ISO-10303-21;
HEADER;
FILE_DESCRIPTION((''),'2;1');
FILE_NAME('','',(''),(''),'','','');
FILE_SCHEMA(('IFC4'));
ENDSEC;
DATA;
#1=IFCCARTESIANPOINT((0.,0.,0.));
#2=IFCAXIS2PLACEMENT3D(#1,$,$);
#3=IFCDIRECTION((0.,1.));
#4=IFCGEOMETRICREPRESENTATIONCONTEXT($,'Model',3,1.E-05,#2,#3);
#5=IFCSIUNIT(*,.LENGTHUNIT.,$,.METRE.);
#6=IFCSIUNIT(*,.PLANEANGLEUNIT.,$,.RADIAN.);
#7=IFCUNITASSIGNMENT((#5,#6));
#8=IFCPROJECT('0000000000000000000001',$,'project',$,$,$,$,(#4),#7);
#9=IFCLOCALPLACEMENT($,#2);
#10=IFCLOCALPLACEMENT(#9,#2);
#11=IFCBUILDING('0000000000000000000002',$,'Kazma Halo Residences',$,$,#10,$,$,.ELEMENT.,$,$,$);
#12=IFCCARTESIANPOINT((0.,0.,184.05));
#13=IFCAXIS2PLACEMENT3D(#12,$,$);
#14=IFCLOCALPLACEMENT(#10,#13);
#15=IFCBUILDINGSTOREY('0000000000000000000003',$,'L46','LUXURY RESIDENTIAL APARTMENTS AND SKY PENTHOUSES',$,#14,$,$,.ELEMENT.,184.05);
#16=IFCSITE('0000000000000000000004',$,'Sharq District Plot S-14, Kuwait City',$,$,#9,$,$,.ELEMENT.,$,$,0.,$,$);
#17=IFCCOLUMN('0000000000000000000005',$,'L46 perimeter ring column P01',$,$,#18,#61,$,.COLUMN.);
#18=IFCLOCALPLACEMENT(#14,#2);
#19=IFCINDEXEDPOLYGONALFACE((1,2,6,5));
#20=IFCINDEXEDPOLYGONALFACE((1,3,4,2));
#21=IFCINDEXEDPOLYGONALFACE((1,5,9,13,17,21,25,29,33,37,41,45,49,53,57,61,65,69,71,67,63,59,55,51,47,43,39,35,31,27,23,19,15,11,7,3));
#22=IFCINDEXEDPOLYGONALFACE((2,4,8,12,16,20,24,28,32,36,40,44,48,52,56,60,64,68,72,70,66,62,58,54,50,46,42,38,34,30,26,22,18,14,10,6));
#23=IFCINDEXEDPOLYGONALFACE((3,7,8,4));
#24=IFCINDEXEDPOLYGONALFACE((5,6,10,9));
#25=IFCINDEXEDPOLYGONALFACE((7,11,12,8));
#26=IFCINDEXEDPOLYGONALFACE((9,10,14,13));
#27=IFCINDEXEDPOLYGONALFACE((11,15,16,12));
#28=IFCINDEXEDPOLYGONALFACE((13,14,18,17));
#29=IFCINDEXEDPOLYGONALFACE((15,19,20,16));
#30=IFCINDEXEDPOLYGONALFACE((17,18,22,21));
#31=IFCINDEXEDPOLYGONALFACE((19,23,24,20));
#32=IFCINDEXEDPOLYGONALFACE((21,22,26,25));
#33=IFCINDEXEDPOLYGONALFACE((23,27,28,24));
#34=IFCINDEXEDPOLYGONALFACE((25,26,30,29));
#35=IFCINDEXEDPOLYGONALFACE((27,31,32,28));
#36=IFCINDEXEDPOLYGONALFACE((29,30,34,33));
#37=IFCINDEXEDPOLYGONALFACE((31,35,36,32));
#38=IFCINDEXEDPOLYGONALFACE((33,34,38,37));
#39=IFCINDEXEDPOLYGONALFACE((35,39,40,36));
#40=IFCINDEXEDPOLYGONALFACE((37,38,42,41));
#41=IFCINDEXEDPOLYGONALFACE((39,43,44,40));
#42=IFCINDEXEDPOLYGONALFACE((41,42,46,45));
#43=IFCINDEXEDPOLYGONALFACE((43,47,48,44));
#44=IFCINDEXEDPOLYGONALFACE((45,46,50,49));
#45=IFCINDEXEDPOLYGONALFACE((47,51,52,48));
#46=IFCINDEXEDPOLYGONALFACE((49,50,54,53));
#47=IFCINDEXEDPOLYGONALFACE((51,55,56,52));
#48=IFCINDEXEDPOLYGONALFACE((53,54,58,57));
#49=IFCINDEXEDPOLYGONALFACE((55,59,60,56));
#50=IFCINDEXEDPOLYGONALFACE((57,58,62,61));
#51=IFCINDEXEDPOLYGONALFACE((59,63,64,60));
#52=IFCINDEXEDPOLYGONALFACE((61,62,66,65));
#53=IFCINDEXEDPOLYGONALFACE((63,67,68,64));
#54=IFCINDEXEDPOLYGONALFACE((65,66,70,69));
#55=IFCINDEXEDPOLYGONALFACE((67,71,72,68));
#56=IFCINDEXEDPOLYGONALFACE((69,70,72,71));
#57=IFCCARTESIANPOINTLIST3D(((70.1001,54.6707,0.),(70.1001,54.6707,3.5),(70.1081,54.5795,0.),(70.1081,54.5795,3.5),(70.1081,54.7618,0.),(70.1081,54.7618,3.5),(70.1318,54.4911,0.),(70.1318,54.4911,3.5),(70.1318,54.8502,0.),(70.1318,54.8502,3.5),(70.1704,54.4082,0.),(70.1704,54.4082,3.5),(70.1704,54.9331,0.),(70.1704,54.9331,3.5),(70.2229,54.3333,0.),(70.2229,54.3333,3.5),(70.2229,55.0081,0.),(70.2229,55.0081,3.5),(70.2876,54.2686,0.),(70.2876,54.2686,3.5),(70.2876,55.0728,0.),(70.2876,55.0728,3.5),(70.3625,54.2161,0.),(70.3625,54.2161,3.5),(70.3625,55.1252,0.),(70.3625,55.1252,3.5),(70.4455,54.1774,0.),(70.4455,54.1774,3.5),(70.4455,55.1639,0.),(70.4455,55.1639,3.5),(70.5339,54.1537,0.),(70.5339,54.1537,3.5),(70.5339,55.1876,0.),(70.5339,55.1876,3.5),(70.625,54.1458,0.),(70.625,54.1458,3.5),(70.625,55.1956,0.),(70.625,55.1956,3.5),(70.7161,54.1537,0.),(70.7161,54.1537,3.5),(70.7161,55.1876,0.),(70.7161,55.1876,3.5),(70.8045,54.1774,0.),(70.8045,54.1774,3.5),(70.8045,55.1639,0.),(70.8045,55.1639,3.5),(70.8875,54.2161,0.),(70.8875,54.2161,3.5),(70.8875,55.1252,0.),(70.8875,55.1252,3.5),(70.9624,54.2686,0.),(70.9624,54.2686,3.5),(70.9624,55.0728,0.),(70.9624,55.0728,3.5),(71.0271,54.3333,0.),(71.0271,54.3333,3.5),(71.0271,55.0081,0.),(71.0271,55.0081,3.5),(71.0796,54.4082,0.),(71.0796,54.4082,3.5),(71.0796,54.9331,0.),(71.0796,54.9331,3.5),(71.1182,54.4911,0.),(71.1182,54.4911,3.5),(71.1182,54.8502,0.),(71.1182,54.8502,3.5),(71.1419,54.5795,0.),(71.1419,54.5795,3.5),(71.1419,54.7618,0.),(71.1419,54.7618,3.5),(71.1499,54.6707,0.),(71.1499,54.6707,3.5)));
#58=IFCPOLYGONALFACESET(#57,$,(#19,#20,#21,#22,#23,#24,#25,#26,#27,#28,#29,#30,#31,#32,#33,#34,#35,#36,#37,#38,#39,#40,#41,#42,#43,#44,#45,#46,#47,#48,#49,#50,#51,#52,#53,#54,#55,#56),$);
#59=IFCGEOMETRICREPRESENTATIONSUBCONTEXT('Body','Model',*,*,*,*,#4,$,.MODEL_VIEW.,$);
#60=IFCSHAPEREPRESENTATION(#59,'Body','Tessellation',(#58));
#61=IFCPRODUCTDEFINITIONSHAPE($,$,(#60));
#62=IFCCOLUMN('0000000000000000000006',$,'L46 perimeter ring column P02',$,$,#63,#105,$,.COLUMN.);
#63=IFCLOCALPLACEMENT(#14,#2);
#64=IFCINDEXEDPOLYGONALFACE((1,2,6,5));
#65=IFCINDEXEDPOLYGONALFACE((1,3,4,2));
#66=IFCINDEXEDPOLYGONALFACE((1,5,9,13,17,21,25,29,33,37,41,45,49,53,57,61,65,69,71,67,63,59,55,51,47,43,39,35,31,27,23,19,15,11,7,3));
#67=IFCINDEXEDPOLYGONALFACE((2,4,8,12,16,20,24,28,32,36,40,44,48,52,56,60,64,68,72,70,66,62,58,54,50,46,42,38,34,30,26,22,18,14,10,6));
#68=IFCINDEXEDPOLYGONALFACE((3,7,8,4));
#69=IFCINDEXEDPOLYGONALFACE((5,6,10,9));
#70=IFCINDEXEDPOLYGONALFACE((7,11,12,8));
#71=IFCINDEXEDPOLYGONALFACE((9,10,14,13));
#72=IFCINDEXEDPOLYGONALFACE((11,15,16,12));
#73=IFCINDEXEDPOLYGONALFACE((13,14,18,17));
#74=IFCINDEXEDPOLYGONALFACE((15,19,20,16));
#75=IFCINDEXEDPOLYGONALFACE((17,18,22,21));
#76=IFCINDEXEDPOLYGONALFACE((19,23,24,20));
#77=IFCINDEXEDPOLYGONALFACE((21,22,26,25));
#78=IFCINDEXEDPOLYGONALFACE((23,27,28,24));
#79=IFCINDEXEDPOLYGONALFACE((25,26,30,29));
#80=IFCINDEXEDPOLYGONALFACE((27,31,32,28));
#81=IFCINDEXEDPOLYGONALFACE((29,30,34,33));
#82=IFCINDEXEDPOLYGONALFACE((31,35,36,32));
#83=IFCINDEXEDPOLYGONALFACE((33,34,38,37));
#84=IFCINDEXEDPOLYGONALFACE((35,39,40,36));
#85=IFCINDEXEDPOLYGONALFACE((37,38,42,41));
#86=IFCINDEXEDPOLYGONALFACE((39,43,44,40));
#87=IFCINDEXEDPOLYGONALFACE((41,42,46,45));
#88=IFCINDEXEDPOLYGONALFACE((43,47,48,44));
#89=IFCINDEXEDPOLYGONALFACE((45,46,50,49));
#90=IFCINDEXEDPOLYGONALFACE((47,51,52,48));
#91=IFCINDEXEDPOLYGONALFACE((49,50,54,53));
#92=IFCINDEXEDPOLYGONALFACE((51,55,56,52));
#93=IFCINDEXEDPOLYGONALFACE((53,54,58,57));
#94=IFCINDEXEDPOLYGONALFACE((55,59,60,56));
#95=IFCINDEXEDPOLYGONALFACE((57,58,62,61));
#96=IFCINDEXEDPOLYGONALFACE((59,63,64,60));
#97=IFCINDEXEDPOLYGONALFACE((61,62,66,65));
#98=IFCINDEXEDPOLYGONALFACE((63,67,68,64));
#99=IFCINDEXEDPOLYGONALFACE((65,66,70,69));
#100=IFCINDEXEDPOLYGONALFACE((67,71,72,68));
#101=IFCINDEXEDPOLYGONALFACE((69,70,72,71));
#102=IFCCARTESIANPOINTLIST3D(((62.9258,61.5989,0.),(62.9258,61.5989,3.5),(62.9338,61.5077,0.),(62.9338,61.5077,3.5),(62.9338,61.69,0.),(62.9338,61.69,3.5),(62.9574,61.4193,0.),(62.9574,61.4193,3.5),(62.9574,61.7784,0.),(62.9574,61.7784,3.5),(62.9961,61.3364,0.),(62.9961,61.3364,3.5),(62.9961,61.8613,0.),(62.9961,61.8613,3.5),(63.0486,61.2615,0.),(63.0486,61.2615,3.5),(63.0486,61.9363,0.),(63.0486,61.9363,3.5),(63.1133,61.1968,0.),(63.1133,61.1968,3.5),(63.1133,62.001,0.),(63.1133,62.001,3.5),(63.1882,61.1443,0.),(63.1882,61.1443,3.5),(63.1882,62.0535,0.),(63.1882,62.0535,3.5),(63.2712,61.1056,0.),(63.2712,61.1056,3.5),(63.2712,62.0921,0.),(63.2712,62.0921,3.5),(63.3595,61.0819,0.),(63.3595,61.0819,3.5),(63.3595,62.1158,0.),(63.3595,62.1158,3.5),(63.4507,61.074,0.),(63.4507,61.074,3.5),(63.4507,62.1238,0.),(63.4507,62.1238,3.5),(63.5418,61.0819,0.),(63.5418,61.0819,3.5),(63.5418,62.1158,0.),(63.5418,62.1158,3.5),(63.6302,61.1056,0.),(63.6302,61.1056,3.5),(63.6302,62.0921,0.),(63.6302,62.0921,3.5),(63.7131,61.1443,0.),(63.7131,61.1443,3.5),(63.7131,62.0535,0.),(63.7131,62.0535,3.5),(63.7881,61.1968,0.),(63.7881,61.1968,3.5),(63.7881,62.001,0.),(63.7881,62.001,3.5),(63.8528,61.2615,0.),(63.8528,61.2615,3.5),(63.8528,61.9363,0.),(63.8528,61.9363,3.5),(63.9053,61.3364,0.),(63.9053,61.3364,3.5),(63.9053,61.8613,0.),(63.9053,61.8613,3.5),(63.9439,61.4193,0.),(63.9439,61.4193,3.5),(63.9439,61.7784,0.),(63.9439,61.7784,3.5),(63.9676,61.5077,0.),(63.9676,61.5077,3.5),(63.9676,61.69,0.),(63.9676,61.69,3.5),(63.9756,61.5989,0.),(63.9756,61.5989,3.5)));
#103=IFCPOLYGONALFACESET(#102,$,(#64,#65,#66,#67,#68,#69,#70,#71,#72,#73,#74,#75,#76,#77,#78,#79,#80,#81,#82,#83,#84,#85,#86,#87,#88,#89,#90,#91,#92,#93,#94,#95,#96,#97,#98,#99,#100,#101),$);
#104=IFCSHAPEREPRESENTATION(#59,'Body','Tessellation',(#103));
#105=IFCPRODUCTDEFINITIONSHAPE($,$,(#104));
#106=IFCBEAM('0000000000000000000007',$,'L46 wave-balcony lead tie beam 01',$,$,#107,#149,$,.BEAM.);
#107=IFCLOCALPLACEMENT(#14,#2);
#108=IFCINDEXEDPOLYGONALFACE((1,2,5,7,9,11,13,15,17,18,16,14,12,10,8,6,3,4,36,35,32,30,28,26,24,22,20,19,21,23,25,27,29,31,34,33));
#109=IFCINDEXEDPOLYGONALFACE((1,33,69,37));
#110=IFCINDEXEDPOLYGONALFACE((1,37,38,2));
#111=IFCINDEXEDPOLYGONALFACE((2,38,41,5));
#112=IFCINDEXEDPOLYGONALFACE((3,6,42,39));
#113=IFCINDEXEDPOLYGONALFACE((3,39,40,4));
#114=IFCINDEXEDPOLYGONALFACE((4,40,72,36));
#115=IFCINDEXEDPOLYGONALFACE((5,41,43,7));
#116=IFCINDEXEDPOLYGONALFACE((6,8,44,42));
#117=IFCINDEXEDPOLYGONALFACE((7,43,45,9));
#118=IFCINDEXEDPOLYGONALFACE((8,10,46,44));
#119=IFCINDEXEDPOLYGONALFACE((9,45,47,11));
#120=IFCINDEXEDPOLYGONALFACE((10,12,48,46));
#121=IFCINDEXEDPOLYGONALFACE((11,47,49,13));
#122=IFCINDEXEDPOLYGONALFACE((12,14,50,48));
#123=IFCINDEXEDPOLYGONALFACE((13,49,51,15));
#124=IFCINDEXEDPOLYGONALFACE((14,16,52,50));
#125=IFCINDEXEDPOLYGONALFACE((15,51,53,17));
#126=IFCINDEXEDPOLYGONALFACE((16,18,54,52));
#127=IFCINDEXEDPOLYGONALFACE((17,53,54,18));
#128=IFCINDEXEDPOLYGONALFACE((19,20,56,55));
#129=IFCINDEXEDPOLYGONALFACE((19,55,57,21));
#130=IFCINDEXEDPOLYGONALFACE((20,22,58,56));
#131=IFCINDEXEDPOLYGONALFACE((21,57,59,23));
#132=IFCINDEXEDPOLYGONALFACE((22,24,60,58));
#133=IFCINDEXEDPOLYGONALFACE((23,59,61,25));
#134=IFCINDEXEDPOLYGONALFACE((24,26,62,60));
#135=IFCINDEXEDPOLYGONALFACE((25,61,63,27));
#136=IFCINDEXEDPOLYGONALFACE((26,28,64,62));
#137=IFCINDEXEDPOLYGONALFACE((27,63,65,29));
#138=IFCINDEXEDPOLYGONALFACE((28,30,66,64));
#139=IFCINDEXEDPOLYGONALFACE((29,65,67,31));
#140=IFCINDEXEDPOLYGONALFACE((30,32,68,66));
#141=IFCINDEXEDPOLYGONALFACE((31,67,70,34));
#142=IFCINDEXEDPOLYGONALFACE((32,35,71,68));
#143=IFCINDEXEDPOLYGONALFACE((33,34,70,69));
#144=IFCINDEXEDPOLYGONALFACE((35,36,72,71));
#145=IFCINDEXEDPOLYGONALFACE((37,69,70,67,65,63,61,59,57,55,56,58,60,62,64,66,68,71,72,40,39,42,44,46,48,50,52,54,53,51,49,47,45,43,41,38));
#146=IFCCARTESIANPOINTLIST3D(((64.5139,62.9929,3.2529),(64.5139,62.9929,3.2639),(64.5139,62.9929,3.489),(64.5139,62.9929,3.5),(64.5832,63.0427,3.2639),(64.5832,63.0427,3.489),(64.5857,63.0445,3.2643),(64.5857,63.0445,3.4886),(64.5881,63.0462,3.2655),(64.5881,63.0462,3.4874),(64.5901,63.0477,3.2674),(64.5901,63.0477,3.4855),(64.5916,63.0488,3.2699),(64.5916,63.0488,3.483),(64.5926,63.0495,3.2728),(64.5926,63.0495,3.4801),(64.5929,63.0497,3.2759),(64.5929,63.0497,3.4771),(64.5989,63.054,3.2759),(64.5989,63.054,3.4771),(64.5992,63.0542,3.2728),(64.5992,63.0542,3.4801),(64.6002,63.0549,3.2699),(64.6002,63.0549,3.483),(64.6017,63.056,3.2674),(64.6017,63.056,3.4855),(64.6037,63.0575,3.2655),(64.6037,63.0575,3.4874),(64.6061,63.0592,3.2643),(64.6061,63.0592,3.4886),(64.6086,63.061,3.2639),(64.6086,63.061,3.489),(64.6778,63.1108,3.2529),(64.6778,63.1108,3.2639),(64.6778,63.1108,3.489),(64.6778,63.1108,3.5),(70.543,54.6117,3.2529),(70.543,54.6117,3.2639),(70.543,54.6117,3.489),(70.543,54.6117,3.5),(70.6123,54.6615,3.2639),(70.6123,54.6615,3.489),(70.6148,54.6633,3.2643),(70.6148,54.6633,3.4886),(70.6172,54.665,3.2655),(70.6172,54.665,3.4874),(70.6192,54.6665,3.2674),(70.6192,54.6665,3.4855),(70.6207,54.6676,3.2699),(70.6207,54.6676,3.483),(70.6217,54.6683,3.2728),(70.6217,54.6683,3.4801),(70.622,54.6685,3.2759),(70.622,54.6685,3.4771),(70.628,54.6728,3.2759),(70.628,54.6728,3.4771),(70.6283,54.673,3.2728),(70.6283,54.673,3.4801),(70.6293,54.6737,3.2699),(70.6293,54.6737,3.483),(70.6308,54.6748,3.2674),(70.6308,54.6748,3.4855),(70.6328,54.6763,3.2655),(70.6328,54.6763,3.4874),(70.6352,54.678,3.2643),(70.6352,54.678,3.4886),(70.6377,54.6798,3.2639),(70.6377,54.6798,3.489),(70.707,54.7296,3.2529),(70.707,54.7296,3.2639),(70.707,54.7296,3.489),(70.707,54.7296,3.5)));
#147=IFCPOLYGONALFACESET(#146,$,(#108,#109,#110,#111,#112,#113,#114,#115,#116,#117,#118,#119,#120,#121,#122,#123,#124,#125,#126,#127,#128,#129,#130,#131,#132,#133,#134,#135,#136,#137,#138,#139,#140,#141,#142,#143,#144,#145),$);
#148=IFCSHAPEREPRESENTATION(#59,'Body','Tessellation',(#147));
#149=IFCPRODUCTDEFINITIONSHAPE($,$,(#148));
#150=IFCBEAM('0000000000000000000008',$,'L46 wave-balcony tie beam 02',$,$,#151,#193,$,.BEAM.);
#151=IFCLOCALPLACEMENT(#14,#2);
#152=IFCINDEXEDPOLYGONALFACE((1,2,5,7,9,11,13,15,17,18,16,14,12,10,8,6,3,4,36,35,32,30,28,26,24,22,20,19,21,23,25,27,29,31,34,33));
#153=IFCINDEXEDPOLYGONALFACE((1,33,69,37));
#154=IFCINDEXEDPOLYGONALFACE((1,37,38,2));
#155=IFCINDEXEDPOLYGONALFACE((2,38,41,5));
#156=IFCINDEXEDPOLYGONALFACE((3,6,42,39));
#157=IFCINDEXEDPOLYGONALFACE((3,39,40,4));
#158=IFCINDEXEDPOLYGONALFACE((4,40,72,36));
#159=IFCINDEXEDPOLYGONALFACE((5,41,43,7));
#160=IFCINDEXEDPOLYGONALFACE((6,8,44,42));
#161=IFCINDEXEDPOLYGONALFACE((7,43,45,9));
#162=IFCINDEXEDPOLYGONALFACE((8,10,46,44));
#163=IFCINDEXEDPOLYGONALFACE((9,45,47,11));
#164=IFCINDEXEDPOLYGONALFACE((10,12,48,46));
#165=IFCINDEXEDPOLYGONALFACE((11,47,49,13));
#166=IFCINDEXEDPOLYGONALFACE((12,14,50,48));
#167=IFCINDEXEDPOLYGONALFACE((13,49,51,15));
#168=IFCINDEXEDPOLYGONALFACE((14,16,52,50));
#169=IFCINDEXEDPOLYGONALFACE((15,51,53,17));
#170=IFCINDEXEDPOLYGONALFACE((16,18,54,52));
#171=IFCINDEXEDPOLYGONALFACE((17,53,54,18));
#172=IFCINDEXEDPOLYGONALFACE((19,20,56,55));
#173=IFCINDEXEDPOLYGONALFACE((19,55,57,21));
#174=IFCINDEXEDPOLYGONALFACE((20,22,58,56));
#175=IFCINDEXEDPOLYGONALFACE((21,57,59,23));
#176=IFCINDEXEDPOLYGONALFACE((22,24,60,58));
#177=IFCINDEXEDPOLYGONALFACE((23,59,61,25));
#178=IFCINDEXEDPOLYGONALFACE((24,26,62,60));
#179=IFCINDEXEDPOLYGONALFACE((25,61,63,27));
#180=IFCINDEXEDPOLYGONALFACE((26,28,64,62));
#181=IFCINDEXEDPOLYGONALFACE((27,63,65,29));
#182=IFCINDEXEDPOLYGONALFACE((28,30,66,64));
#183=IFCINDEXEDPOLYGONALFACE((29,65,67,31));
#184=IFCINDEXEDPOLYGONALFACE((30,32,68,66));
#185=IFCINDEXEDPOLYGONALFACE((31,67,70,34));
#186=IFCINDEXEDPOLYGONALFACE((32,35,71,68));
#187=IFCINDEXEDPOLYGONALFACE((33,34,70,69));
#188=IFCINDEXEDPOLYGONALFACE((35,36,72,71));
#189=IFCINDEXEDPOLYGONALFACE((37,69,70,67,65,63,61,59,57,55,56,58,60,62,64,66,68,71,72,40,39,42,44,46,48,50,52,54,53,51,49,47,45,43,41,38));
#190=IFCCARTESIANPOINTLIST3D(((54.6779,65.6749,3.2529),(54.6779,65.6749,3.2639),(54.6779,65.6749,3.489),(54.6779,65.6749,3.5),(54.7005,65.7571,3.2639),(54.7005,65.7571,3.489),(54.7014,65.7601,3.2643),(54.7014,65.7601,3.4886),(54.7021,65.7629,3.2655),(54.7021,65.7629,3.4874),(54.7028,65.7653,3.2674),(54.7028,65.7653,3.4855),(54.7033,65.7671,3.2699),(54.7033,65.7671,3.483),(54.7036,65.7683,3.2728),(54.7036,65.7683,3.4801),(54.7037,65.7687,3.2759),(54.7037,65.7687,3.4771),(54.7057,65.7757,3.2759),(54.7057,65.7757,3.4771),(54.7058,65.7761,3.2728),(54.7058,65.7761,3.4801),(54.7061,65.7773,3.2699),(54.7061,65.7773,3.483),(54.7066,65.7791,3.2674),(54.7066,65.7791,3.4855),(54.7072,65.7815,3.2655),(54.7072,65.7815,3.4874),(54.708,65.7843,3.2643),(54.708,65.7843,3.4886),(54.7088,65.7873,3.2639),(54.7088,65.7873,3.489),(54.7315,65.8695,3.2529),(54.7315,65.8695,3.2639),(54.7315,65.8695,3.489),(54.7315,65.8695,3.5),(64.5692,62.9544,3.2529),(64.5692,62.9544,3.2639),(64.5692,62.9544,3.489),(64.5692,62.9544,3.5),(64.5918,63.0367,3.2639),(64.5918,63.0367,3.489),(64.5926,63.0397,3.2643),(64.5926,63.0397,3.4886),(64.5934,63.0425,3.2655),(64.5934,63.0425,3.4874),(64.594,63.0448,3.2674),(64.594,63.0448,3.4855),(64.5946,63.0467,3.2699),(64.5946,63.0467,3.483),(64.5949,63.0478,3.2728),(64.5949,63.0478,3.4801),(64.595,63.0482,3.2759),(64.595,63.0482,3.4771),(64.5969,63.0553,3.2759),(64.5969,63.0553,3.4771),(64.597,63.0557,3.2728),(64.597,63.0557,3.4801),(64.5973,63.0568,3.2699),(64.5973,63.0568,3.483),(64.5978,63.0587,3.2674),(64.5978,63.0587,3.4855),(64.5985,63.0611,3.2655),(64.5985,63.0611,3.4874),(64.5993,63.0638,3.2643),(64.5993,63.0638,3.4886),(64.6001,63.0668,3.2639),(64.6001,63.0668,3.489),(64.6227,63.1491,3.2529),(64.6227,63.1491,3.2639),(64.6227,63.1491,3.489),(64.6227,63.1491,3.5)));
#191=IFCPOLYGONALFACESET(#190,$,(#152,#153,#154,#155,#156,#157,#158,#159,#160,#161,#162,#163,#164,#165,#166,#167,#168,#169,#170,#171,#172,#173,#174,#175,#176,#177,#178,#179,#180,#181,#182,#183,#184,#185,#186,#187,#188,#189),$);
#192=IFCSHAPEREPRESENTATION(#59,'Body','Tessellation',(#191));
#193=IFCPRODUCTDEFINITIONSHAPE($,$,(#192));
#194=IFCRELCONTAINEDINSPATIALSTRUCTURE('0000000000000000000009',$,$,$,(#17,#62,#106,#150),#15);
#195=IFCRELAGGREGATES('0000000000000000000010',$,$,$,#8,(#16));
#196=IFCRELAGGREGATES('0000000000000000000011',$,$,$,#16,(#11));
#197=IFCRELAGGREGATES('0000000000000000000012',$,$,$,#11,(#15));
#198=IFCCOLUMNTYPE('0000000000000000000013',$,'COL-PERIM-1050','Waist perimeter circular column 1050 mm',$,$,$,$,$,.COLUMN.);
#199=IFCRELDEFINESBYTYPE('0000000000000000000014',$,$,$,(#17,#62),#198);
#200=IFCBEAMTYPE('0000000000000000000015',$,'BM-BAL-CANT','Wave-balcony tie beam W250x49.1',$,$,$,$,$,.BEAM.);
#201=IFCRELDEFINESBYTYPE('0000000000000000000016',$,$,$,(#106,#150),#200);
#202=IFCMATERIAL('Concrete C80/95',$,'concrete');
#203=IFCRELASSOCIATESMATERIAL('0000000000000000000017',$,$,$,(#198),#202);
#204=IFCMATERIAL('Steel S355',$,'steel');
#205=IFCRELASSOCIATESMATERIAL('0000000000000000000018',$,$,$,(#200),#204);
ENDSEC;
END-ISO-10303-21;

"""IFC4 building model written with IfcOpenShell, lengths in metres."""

from ifc_helpers import new_model, si_unit, direction, frame, origin, origin_2d, place, context, subcontext, project, spatial, circle, i_section, extrude, material, material_profile, profile_set, type_object, element, save


model = new_model("IFC4")

# Units and contexts
model_context = context("Model", 3, precision=1e-05, world=origin(), true_north=direction((0.0, 1.0)))
body_context = subcontext(model_context, "Body", "Model", "MODEL_VIEW")
ifc_project = project(units=[si_unit("LENGTHUNIT", "METRE"), si_unit("PLANEANGLEUNIT", "RADIAN")], contexts=[model_context])

# Site, building, storey
site_placement = place(None, origin())
site = spatial("IfcSite", under=ifc_project, at=site_placement, Name="Sharq District Plot S-14, Kuwait City", CompositionType="ELEMENT", RefElevation=0.0)
building_placement = place(site_placement, origin())
building = spatial("IfcBuilding", under=site, at=building_placement, Name="Kazma Halo Residences", CompositionType="ELEMENT")
storey_placement = place(building_placement, frame((0.0, 0.0, 184.05)))
storey = spatial("IfcBuildingStorey", under=building, at=storey_placement, Name="L46", Description="LUXURY RESIDENTIAL APARTMENTS AND SKY PENTHOUSES", CompositionType="ELEMENT", Elevation=184.05)

# Columns
ifc_material_1 = material(Name="Concrete C80/95", Category="concrete")
ifc_material_profile_1 = material_profile(ifc_material_1, circle(Radius=0.5249, at=origin_2d()), Name="CIRC1050")
ifc_profile_set_1 = profile_set([ifc_material_profile_1], Name="Concrete C80/95")
column_type = type_object("IfcColumnType", Name="COL-PERIM-1050", Description="Waist perimeter circular column 1050 mm", PredefinedType="COLUMN", material=ifc_profile_set_1)
for number, where, z_axis, x_axis, name in (
    (1, (70.625, 54.6707, 0.0), (0.0, 0.0, 1.0), (1.0, 0.0, 0.0), "L46 perimeter ring column P01"),
    (2, (63.4507, 61.5989, 0.0), (0.0, 0.0, 1.0), (1.0, 0.0, 0.0), "L46 perimeter ring column P02"),
):
    element("IfcColumn", number, at=place(storey_placement, frame(where, z_axis=z_axis, x_axis=x_axis)), inside=storey, type_object=column_type, Name=name, PredefinedType="COLUMN", context=body_context, shape_type="SweptSolid", body=[
        extrude(circle(Radius=0.5249, at=origin_2d()), origin(), (0.0, 0.0, 1.0), 3.5),
    ])

# Beams
ifc_material_2 = material(Name="Steel S355", Category="steel")
ifc_material_profile_2 = material_profile(ifc_material_2, i_section(OverallWidth=0.2019, OverallDepth=0.2471, WebThickness=0.0073, FlangeThickness=0.011, FilletRadius=0.012, at=origin_2d()), Name="W250x49.1")
ifc_profile_set_2 = profile_set([ifc_material_profile_2], Name="Steel S355")
beam_type_1 = type_object("IfcBeamType", Name="BM-BAL-CANT", Description="Wave-balcony tie beam W250x49.1", PredefinedType="BEAM", material=ifc_profile_set_2)
beam_1_placement = place(storey_placement, frame((70.625, 54.6707, 3.3765), z_axis=(-0.583964, 0.81178, 0.0), x_axis=(-0.81178, -0.583964, 0.0)))
element("IfcBeam", 3, at=beam_1_placement, inside=storey, type_object=beam_type_1, Name="L46 wave-balcony lead tie beam 01", PredefinedType="BEAM", context=body_context, shape_type="SweptSolid", body=[
    extrude(i_section(OverallWidth=0.2019, OverallDepth=0.2471, WebThickness=0.0073, FlangeThickness=0.011, FilletRadius=0.012, at=origin_2d()), origin(), (0.0, 0.0, 1.0), 10.3245),
])
beam_2_placement = place(storey_placement, frame((64.5959, 63.0518, 3.3765), z_axis=(-0.964197, 0.265187, 0.0), x_axis=(-0.265187, -0.964197, 0.0)))
element("IfcBeam", 4, at=beam_2_placement, inside=storey, type_object=beam_type_1, Name="L46 wave-balcony tie beam 02", PredefinedType="BEAM", context=body_context, shape_type="SweptSolid", body=[
    extrude(i_section(OverallWidth=0.2019, OverallDepth=0.2471, WebThickness=0.0073, FlangeThickness=0.011, FilletRadius=0.012, at=origin_2d()), origin(), (0.0, 0.0, 1.0), 10.2585),
])

save(model, "model.ifc")
